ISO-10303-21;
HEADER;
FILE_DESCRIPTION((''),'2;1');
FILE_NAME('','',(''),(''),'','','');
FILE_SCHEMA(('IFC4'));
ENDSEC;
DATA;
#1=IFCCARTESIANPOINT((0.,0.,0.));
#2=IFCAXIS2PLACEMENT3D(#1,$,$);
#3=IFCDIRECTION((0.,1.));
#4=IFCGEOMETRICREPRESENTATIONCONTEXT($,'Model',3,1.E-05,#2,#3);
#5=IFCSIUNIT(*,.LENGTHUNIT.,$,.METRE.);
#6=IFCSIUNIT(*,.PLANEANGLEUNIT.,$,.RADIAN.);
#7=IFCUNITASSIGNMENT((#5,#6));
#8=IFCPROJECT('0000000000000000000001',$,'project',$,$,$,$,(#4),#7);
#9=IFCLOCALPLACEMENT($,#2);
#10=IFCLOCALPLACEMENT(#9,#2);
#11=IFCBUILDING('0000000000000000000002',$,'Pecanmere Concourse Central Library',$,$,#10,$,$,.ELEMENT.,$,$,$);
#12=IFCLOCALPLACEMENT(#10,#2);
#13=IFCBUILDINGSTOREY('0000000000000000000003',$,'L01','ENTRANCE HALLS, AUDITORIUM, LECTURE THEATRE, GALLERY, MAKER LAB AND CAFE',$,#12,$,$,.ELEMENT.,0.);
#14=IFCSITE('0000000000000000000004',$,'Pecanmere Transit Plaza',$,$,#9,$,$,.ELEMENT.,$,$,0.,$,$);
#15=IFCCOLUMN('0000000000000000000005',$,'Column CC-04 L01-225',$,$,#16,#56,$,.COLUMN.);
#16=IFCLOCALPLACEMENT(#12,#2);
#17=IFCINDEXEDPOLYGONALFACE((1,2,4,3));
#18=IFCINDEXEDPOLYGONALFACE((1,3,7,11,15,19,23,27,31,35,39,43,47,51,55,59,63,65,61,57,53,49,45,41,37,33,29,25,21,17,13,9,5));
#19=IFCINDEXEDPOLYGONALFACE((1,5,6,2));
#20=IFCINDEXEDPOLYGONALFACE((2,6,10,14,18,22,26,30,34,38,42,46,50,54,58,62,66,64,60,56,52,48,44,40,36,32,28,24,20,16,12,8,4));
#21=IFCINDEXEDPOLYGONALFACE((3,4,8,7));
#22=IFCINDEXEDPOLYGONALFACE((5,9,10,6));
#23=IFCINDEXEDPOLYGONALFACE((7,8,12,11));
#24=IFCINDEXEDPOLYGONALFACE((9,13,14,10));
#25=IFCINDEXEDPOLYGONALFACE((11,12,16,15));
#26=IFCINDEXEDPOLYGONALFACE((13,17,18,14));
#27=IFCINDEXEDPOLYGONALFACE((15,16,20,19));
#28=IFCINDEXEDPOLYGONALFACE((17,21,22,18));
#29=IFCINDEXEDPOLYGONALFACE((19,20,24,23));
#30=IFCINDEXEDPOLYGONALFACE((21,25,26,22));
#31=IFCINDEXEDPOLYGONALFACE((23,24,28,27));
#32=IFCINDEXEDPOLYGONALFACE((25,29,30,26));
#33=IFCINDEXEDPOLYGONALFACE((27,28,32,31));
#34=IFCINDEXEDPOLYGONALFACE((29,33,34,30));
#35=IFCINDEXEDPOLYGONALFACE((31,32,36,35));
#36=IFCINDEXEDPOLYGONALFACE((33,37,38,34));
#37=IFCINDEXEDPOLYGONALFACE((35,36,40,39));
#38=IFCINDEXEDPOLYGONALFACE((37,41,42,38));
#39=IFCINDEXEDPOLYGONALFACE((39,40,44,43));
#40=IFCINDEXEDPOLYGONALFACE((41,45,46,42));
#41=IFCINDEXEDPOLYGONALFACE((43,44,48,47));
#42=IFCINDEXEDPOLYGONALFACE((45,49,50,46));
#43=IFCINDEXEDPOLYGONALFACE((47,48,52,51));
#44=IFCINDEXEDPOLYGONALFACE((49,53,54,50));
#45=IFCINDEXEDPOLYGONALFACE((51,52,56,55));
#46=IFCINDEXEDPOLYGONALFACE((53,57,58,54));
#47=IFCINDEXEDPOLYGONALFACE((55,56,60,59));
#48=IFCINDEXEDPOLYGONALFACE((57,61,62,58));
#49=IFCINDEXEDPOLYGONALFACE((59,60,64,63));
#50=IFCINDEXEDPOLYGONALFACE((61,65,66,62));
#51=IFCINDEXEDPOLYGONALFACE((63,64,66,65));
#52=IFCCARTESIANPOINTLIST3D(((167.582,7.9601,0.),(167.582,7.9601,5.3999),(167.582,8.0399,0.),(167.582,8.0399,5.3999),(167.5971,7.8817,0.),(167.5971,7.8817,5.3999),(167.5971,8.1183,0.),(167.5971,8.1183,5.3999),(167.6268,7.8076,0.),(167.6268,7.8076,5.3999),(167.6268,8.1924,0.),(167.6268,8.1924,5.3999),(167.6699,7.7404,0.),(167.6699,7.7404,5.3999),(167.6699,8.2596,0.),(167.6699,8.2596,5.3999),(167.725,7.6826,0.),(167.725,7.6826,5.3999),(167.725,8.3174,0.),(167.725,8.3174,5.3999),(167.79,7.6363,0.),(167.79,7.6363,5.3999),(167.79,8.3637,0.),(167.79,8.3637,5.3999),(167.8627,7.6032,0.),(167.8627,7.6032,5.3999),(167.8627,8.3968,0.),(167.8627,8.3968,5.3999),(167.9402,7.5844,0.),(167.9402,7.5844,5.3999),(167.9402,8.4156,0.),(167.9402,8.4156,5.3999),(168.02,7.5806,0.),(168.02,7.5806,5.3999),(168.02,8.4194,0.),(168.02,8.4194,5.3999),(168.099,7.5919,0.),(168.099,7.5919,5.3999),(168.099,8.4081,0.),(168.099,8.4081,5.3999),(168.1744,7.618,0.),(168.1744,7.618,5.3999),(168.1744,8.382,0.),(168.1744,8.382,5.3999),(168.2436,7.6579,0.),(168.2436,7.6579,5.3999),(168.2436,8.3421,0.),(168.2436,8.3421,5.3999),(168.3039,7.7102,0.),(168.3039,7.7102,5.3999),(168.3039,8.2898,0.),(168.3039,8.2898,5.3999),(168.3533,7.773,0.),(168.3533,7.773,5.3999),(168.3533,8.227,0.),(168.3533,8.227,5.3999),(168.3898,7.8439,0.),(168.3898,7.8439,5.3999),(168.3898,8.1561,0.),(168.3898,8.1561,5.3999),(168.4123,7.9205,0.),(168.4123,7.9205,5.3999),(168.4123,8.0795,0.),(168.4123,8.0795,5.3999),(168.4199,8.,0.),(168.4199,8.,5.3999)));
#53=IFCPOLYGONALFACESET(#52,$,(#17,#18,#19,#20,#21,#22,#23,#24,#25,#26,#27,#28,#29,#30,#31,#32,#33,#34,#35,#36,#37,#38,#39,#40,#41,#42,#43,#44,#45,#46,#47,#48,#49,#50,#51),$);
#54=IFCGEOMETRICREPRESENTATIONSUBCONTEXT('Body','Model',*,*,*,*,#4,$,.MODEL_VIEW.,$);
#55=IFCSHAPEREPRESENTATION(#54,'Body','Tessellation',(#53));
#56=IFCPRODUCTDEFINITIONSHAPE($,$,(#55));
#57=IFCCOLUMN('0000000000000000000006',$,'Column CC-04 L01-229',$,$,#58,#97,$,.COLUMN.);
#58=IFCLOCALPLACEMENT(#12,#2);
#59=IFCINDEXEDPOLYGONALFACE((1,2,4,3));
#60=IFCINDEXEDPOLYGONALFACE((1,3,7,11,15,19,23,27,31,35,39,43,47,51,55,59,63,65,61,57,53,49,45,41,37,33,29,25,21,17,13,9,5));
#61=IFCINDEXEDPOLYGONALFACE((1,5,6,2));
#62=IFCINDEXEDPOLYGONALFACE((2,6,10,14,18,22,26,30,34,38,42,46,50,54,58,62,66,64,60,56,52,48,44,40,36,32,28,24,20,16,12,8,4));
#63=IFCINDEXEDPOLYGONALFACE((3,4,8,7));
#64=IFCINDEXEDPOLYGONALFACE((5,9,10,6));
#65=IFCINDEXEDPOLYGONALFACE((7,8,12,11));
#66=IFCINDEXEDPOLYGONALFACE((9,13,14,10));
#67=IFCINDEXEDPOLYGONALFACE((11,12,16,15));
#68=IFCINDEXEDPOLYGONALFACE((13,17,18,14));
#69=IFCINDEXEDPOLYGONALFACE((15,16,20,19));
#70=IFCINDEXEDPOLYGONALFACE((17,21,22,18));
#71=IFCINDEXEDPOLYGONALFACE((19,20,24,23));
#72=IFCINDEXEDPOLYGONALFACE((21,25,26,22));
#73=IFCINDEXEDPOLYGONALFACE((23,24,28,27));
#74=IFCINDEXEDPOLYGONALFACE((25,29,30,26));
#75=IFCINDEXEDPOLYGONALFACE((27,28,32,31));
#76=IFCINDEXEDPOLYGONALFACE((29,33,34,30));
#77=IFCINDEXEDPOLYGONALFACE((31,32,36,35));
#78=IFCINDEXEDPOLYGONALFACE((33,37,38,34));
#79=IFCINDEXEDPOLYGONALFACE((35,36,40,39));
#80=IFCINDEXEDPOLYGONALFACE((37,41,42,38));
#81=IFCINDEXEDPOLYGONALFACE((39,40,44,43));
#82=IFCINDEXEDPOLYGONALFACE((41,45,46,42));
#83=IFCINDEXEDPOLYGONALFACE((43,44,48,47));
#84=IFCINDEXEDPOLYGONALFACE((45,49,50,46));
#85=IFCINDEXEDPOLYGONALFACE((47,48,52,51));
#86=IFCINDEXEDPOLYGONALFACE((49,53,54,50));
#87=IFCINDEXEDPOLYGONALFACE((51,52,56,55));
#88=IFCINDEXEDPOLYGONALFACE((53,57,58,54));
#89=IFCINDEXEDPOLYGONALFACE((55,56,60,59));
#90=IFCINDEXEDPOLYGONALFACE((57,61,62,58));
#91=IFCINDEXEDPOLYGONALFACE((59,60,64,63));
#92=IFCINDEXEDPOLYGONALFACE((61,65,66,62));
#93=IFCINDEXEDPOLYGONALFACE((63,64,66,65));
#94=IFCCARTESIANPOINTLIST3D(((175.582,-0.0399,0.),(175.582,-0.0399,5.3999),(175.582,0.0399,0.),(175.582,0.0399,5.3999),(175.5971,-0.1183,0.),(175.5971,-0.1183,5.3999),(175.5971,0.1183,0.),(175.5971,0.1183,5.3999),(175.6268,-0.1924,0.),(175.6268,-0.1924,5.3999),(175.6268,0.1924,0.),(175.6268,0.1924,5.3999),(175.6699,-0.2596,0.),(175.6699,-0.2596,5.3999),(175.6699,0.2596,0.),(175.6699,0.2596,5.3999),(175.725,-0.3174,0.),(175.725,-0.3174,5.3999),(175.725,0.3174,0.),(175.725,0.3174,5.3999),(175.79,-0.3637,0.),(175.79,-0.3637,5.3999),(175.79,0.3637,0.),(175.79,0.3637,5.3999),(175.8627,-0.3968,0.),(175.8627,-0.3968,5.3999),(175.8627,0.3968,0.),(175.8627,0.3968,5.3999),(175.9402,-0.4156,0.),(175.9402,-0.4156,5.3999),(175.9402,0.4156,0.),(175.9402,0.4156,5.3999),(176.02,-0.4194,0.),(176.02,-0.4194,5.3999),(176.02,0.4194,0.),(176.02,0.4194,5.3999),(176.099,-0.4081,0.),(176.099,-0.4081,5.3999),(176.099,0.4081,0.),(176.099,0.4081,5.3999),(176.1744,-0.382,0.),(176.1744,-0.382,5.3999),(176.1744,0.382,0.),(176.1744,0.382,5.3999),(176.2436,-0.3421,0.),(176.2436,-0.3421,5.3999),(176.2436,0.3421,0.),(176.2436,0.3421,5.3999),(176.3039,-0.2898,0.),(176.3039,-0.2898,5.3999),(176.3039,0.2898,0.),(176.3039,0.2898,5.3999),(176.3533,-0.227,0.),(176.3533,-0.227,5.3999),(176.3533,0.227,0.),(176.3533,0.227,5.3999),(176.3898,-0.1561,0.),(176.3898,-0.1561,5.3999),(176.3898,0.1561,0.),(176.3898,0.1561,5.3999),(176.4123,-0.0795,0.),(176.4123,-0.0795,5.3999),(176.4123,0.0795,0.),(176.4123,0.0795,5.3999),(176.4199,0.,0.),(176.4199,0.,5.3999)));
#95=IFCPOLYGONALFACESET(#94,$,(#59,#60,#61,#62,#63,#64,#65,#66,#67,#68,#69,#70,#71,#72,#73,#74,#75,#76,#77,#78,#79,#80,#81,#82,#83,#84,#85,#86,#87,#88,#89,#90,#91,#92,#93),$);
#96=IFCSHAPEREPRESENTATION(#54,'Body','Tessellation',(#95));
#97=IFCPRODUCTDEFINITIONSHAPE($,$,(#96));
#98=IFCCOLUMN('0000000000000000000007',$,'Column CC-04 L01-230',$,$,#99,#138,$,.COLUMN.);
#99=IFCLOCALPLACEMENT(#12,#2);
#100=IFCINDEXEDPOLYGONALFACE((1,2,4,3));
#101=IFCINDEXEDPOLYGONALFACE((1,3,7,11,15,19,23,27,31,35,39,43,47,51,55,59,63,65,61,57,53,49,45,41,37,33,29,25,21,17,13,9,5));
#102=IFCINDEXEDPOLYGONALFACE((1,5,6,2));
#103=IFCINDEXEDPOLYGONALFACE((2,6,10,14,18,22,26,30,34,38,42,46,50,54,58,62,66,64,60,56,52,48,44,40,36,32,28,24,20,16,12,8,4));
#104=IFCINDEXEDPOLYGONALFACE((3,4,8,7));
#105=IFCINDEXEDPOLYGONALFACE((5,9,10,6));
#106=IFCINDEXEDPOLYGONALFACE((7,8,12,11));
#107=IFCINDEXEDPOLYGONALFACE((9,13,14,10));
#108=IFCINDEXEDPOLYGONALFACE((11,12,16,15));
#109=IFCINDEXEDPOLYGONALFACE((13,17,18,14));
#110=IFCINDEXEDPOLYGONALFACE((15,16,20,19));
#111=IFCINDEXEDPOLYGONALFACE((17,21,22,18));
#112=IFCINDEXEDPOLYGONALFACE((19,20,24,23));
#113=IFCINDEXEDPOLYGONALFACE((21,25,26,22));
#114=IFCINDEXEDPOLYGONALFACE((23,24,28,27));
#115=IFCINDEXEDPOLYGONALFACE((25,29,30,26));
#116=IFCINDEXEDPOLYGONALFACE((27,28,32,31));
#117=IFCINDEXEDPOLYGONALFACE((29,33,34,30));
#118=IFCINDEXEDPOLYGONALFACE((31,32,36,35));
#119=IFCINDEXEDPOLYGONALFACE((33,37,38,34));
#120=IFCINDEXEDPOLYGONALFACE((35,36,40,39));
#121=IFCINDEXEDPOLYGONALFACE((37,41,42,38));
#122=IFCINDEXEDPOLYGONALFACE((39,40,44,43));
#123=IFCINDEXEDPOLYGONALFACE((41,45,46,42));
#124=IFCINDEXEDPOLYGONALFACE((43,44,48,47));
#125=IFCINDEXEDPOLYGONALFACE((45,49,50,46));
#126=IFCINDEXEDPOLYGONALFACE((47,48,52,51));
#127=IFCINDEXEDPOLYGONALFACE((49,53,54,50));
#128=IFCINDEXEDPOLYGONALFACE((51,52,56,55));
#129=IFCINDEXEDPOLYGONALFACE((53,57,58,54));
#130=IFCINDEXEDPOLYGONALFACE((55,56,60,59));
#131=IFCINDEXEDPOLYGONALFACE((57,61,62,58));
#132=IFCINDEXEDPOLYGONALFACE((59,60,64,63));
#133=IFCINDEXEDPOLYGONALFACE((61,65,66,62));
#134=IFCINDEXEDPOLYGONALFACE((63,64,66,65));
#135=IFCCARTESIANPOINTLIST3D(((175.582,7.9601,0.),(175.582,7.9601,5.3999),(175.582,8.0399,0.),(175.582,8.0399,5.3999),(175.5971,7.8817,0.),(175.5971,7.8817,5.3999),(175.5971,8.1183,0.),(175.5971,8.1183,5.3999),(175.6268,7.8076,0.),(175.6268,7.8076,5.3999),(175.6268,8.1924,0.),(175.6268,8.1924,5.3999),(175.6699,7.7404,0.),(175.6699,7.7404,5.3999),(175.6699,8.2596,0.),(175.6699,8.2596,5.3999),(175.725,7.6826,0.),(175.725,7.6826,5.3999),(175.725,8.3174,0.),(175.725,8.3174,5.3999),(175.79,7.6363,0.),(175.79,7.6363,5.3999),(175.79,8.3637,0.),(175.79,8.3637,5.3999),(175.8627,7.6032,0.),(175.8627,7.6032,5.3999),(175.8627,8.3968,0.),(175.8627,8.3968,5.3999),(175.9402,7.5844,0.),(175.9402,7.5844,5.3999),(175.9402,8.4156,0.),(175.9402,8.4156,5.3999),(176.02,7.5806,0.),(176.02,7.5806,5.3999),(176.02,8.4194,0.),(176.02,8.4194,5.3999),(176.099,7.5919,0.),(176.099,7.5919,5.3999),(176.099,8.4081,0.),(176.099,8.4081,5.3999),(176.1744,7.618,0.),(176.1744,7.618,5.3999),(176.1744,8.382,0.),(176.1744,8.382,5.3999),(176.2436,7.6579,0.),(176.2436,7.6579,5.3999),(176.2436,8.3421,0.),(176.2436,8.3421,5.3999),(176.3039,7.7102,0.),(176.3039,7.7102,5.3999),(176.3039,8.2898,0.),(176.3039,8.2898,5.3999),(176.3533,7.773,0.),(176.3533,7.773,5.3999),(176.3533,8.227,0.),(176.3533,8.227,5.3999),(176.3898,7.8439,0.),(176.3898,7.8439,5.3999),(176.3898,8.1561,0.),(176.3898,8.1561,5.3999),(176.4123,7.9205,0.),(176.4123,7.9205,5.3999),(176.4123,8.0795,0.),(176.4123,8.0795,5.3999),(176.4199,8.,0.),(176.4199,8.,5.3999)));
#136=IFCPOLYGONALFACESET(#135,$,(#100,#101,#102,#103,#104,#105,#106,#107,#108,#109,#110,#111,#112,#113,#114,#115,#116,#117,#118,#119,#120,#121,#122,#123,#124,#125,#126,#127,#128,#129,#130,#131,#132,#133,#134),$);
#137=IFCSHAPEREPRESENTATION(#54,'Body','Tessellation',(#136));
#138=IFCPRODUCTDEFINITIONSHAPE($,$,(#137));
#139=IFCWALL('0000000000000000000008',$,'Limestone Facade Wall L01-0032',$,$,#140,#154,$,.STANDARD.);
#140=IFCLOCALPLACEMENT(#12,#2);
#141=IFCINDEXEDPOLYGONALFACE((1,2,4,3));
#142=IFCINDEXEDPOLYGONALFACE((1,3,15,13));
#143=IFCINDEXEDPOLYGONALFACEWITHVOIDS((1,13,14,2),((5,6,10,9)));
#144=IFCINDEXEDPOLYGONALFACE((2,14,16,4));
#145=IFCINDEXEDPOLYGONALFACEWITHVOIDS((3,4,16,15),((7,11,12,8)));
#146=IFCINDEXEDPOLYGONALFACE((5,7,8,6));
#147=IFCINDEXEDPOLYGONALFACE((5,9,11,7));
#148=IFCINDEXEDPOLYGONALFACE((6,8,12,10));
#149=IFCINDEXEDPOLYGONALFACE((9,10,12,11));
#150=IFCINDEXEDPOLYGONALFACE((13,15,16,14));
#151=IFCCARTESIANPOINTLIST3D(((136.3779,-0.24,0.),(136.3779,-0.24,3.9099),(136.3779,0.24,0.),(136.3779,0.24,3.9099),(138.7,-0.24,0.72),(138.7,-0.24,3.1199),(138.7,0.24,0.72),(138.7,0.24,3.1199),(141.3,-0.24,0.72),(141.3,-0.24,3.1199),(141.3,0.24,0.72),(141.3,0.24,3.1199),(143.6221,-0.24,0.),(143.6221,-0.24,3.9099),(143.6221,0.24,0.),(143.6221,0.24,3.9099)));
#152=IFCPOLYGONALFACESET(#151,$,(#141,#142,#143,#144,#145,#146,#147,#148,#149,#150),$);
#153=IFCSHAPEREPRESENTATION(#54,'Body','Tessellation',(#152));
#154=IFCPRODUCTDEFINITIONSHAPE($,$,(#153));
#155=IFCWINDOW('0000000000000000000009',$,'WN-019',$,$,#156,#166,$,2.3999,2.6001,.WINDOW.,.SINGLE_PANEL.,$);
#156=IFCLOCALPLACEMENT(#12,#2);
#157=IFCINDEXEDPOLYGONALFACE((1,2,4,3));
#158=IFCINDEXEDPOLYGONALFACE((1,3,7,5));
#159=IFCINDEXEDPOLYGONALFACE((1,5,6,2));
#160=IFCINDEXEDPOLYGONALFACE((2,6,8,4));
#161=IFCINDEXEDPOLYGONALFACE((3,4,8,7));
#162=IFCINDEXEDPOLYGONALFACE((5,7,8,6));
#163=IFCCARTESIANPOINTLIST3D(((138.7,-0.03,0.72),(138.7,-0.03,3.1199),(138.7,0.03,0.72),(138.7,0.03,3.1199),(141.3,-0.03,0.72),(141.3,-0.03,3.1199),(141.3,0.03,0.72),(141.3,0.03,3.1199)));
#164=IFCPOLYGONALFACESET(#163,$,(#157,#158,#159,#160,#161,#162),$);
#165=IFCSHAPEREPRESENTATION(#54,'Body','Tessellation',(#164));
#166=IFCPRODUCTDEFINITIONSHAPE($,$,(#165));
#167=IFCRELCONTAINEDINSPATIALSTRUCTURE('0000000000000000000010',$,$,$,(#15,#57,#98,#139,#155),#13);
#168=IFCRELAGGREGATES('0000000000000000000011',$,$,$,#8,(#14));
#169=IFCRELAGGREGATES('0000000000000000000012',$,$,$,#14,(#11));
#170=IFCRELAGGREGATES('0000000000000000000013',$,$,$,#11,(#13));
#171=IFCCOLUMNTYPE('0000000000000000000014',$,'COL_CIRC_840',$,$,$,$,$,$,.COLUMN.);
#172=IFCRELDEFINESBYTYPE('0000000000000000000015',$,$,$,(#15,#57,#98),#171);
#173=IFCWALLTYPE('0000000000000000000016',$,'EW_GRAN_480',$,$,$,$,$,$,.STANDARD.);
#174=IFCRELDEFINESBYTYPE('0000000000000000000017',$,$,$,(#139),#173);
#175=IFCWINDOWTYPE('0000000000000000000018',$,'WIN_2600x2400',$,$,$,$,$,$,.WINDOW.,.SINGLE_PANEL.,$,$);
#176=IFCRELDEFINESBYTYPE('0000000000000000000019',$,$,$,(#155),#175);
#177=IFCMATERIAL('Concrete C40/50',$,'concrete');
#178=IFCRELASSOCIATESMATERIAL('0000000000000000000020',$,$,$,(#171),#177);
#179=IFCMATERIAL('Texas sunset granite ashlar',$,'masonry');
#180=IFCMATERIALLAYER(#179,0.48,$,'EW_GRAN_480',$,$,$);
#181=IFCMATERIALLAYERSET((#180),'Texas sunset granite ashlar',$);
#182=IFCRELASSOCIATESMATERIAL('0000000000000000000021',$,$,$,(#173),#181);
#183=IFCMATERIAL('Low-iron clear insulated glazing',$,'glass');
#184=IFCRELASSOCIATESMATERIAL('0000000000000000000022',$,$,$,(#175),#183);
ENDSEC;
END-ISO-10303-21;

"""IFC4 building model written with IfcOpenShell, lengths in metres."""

from ifc_helpers import new_model, si_unit, direction, frame, frame_2d, origin, origin_2d, place, context, subcontext, project, spatial, rectangle, circle, extrude, material, layer, layer_set, material_profile, profile_set, type_object, element, fill, save


model = new_model("IFC4")

# Units and contexts
model_context = context("Model", 3, precision=1e-05, world=origin(), true_north=direction((0.0, 1.0)))
body_context = subcontext(model_context, "Body", "Model", "MODEL_VIEW")
ifc_project = project(units=[si_unit("LENGTHUNIT", "METRE"), si_unit("PLANEANGLEUNIT", "RADIAN")], contexts=[model_context])

# Site, building, storey
site_placement = place(None, origin())
site = spatial("IfcSite", under=ifc_project, at=site_placement, Name="Pecanmere Transit Plaza", CompositionType="ELEMENT", RefElevation=0.0)
building_placement = place(site_placement, origin())
building = spatial("IfcBuilding", under=site, at=building_placement, Name="Pecanmere Concourse Central Library", CompositionType="ELEMENT")
storey_placement = place(building_placement, origin())
storey = spatial("IfcBuildingStorey", under=building, at=storey_placement, Name="L01", Description="ENTRANCE HALLS, AUDITORIUM, LECTURE THEATRE, GALLERY, MAKER LAB AND CAFE", CompositionType="ELEMENT", Elevation=0.0)

# Columns
ifc_material_1 = material(Name="Concrete C40/50", Category="concrete")
ifc_material_profile = material_profile(ifc_material_1, circle(Radius=0.4199, at=origin_2d()), Name="RC D840")
ifc_profile_set = profile_set([ifc_material_profile], Name="Concrete C40/50")
column_type = type_object("IfcColumnType", Name="COL_CIRC_840", PredefinedType="COLUMN", material=ifc_profile_set)
for number, where, z_axis, x_axis, name in (
    (1, (168.0, 8.0, 0.0), (0.0, 0.0, 1.0), (1.0, 0.0, 0.0), "Column CC-04 L01-225"),
    (2, (176.0, 0.0, 0.0), (0.0, 0.0, 1.0), (1.0, 0.0, 0.0), "Column CC-04 L01-229"),
    (3, (176.0, 8.0, 0.0), (0.0, 0.0, 1.0), (1.0, 0.0, 0.0), "Column CC-04 L01-230"),
):
    element("IfcColumn", number, at=place(storey_placement, frame(where, z_axis=z_axis, x_axis=x_axis)), inside=storey, type_object=column_type, Name=name, PredefinedType="COLUMN", context=body_context, shape_type="SweptSolid", body=[
        extrude(circle(Radius=0.4199, at=origin_2d()), origin(), (0.0, 0.0, 1.0), 5.3999),
    ])

# Wall, opening, window
ifc_material_2 = material(Name="Texas sunset granite ashlar", Category="masonry")
ifc_layer_1 = layer(ifc_material_2, 0.48, Name="EW_GRAN_480")
ifc_layer_set_1 = layer_set([ifc_layer_1], Name="Texas sunset granite ashlar")
wall_type_1 = type_object("IfcWallType", Name="EW_GRAN_480", PredefinedType="STANDARD", material=ifc_layer_set_1)
wall_1_placement = place(storey_placement, frame((136.3779, 0.0, 0.0), z_axis=(0.0, 0.0, 1.0), x_axis=(1.0, 0.0, 0.0)))
wall_1 = element("IfcWall", 4, at=wall_1_placement, inside=storey, type_object=wall_type_1, Name="Limestone Facade Wall L01-0032", PredefinedType="STANDARD", context=body_context, shape_type="SweptSolid", body=[
    extrude(rectangle(XDim=7.2441, YDim=0.48, at=frame_2d((3.6221, 0.0))), origin(), (0.0, 0.0, 1.0), 3.9099),
])
opening_1_placement = place(wall_1_placement, frame((2.322, 0.0, 0.72)))
opening_1 = element("IfcOpeningElement", 5, at=opening_1_placement, cuts=wall_1, PredefinedType="OPENING", context=body_context, shape_type="SweptSolid", body=[
    extrude(rectangle(XDim=2.6001, YDim=2.3999, at=frame_2d((1.3, 1.2))), frame((0.0, 0.252, 0.0), z_axis=(0.0, -1.0, 0.0), x_axis=(1.0, 0.0, 0.0)), (0.0, 0.0, 1.0), 0.5039),
])
ifc_material_3 = material(Name="Low-iron clear insulated glazing", Category="glass")
window_type_1 = type_object("IfcWindowType", Name="WIN_2600x2400", PartitioningType="SINGLE_PANEL", PredefinedType="WINDOW", material=ifc_material_3)
window_1_placement = place(opening_1_placement, origin())
window_1 = element("IfcWindow", 6, at=window_1_placement, inside=storey, type_object=window_type_1, Name="WN-019", OverallHeight=2.3999, OverallWidth=2.6001, PartitioningType="SINGLE_PANEL", PredefinedType="WINDOW", context=body_context, shape_type="SweptSolid", body=[
    extrude(rectangle(XDim=2.6001, YDim=2.3999, at=frame_2d((1.3, 1.2))), frame((0.0, 0.03, 0.0), z_axis=(0.0, -1.0, 0.0), x_axis=(1.0, 0.0, 0.0)), (0.0, 0.0, 1.0), 0.0601),
])
fill(opening_1, window_1)

save(model, "model.ifc")
